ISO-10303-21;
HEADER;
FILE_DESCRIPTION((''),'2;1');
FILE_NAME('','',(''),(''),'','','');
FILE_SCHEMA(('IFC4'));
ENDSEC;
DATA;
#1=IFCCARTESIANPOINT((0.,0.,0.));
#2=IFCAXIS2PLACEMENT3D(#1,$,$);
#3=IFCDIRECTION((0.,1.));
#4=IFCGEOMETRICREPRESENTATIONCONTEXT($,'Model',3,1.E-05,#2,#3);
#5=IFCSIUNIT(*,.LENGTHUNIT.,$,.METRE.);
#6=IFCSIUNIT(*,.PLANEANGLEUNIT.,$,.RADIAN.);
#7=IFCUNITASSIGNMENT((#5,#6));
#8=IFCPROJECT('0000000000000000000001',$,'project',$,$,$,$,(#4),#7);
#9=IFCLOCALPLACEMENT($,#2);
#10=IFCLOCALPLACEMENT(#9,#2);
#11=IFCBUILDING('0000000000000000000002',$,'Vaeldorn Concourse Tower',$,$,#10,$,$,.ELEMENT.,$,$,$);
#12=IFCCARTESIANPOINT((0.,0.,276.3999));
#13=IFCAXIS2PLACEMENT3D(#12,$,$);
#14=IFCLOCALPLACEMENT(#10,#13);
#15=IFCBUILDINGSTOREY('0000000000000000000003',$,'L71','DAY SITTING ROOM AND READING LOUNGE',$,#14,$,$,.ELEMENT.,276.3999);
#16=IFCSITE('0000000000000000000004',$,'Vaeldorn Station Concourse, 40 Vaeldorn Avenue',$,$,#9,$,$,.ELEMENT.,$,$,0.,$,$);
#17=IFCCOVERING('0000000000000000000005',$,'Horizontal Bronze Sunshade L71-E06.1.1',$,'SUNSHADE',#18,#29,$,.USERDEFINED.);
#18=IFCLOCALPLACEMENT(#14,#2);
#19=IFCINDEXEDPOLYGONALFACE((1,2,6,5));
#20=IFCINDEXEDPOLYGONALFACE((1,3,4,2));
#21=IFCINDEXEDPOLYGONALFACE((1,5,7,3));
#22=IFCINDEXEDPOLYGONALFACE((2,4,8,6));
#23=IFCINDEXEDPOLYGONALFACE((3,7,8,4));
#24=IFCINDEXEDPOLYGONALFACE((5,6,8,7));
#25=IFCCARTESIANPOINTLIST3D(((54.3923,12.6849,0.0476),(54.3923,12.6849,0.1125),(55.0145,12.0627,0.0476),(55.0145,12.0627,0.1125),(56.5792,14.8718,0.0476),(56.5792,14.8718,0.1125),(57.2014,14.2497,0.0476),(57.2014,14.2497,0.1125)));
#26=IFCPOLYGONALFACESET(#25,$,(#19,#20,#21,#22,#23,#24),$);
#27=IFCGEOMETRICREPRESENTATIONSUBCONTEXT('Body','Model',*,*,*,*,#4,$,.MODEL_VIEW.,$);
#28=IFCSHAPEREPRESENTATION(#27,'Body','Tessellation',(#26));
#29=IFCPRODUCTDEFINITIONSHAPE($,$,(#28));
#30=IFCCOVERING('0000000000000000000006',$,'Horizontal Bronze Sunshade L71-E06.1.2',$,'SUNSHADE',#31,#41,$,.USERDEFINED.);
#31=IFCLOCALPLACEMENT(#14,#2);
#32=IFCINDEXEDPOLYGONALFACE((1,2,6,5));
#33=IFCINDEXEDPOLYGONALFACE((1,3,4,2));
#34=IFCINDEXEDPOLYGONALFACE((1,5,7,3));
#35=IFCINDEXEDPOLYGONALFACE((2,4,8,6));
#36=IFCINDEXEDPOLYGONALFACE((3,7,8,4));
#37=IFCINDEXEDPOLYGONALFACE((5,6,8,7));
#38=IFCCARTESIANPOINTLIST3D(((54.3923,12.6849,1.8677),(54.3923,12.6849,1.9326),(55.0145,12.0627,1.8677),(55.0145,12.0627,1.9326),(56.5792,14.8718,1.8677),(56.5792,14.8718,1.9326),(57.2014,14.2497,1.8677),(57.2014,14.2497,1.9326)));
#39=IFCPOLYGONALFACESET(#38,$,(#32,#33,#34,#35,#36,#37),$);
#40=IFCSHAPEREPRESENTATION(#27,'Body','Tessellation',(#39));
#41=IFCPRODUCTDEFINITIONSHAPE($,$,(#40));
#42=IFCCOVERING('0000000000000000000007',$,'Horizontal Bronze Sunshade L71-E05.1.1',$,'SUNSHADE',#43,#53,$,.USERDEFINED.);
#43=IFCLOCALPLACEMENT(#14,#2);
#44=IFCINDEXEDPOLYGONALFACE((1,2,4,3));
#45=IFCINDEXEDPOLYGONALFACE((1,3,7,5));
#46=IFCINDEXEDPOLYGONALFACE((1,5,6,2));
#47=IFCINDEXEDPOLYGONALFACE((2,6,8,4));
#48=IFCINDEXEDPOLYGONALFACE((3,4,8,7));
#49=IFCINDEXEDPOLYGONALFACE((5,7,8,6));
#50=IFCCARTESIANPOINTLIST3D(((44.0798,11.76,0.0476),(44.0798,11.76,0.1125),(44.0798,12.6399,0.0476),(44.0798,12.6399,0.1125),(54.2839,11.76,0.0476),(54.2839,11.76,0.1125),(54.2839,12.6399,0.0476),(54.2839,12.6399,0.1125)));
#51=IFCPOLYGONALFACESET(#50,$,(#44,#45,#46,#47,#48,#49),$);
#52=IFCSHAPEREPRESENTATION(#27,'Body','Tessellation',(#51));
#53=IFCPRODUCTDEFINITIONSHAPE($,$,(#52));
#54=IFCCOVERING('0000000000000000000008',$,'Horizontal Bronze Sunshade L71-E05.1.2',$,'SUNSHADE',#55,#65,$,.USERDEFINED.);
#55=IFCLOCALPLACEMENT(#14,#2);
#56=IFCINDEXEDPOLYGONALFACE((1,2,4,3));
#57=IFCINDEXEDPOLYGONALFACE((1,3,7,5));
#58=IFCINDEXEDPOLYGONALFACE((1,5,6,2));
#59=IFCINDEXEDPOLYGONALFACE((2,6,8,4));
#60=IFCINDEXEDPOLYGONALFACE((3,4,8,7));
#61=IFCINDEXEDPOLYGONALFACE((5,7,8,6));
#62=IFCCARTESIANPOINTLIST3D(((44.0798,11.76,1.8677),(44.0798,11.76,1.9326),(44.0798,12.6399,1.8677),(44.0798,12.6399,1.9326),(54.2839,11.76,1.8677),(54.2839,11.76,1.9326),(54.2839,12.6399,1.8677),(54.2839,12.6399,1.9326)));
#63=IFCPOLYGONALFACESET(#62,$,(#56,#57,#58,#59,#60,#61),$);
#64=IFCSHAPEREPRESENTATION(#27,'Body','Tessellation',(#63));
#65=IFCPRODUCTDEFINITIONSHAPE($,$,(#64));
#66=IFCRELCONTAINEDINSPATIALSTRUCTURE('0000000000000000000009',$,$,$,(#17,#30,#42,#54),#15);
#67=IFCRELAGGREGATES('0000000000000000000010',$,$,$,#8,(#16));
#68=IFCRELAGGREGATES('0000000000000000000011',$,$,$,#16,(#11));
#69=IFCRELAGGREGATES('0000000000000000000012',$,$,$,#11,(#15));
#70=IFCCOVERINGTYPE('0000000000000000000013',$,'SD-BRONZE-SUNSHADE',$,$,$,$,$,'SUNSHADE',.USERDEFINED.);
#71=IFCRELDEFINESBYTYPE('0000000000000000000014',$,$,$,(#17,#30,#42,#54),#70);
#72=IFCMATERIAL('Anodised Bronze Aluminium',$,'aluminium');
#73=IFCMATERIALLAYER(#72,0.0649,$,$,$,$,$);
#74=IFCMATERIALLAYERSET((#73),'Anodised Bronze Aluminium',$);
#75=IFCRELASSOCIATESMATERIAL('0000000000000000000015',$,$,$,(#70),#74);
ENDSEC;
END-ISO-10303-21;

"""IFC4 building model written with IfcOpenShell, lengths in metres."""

from ifc_helpers import new_model, si_unit, direction, frame, origin, origin_2d, place, context, subcontext, project, spatial, rectangle, extrude, source, transform, mapped, material, layer, layer_set, type_object, element, save


model = new_model("IFC4")

# Units and contexts
model_context = context("Model", 3, precision=1e-05, world=origin(), true_north=direction((0.0, 1.0)))
body_context = subcontext(model_context, "Body", "Model", "MODEL_VIEW")
ifc_project = project(units=[si_unit("LENGTHUNIT", "METRE"), si_unit("PLANEANGLEUNIT", "RADIAN")], contexts=[model_context])

# Site, building, storey
site_placement = place(None, origin())
site = spatial("IfcSite", under=ifc_project, at=site_placement, Name="Vaeldorn Station Concourse, 40 Vaeldorn Avenue", CompositionType="ELEMENT", RefElevation=0.0)
building_placement = place(site_placement, origin())
building = spatial("IfcBuilding", under=site, at=building_placement, Name="Vaeldorn Concourse Tower", CompositionType="ELEMENT")
storey_placement = place(building_placement, frame((0.0, 0.0, 276.3999)))
storey = spatial("IfcBuildingStorey", under=building, at=storey_placement, Name="L71", Description="DAY SITTING ROOM AND READING LOUNGE", CompositionType="ELEMENT", Elevation=276.3999)

# Shared definitions
ifc_material_1 = material(Name="Anodised Bronze Aluminium", Category="aluminium")

# Coverings
ifc_layer_1 = layer(ifc_material_1, 0.0649)
ifc_layer_set_1 = layer_set([ifc_layer_1], Name="Anodised Bronze Aluminium")
covering_type = type_object("IfcCoveringType", Name="SD-BRONZE-SUNSHADE", ElementType="SUNSHADE", PredefinedType="USERDEFINED", material=ifc_layer_set_1)
shared_shape_1 = source(origin(), body_context, "Body", "SweptSolid", [
    extrude(rectangle(XDim=3.0928, YDim=0.8799, at=origin_2d()), origin(), (0.0, 0.0, 1.0), 0.0649),
])
for number, where, z_axis, x_axis, name in (
    (1, (55.7969, 13.4673, 0.0476), (0.0, 0.0, 1.0), (0.707107, 0.707107, 0.0), "Horizontal Bronze Sunshade L71-E06.1.1"),
    (2, (55.7969, 13.4673, 1.8677), (0.0, 0.0, 1.0), (0.707107, 0.707107, 0.0), "Horizontal Bronze Sunshade L71-E06.1.2"),
):
    element("IfcCovering", number, at=place(storey_placement, frame(where, z_axis=z_axis, x_axis=x_axis)), inside=storey, type_object=covering_type, Name=name, ObjectType="SUNSHADE", PredefinedType="USERDEFINED", context=body_context, shape_type="MappedRepresentation", body=[
        mapped(shared_shape_1, transform((0.0, 0.0, 0.0), scale=1.0)),
    ])
shared_shape_2 = source(origin(), body_context, "Body", "SweptSolid", [
    extrude(rectangle(XDim=10.2041, YDim=0.8799, at=origin_2d()), origin(), (0.0, 0.0, 1.0), 0.0649),
])
for number, where, z_axis, x_axis, name in (
    (3, (49.1819, 12.2, 0.0476), (0.0, 0.0, 1.0), (1.0, 0.0, 0.0), "Horizontal Bronze Sunshade L71-E05.1.1"),
    (4, (49.1819, 12.2, 1.8677), (0.0, 0.0, 1.0), (1.0, 0.0, 0.0), "Horizontal Bronze Sunshade L71-E05.1.2"),
):
    element("IfcCovering", number, at=place(storey_placement, frame(where, z_axis=z_axis, x_axis=x_axis)), inside=storey, type_object=covering_type, Name=name, ObjectType="SUNSHADE", PredefinedType="USERDEFINED", context=body_context, shape_type="MappedRepresentation", body=[
        mapped(shared_shape_2, transform((0.0, 0.0, 0.0), scale=1.0)),
    ])

save(model, "model.ifc")
